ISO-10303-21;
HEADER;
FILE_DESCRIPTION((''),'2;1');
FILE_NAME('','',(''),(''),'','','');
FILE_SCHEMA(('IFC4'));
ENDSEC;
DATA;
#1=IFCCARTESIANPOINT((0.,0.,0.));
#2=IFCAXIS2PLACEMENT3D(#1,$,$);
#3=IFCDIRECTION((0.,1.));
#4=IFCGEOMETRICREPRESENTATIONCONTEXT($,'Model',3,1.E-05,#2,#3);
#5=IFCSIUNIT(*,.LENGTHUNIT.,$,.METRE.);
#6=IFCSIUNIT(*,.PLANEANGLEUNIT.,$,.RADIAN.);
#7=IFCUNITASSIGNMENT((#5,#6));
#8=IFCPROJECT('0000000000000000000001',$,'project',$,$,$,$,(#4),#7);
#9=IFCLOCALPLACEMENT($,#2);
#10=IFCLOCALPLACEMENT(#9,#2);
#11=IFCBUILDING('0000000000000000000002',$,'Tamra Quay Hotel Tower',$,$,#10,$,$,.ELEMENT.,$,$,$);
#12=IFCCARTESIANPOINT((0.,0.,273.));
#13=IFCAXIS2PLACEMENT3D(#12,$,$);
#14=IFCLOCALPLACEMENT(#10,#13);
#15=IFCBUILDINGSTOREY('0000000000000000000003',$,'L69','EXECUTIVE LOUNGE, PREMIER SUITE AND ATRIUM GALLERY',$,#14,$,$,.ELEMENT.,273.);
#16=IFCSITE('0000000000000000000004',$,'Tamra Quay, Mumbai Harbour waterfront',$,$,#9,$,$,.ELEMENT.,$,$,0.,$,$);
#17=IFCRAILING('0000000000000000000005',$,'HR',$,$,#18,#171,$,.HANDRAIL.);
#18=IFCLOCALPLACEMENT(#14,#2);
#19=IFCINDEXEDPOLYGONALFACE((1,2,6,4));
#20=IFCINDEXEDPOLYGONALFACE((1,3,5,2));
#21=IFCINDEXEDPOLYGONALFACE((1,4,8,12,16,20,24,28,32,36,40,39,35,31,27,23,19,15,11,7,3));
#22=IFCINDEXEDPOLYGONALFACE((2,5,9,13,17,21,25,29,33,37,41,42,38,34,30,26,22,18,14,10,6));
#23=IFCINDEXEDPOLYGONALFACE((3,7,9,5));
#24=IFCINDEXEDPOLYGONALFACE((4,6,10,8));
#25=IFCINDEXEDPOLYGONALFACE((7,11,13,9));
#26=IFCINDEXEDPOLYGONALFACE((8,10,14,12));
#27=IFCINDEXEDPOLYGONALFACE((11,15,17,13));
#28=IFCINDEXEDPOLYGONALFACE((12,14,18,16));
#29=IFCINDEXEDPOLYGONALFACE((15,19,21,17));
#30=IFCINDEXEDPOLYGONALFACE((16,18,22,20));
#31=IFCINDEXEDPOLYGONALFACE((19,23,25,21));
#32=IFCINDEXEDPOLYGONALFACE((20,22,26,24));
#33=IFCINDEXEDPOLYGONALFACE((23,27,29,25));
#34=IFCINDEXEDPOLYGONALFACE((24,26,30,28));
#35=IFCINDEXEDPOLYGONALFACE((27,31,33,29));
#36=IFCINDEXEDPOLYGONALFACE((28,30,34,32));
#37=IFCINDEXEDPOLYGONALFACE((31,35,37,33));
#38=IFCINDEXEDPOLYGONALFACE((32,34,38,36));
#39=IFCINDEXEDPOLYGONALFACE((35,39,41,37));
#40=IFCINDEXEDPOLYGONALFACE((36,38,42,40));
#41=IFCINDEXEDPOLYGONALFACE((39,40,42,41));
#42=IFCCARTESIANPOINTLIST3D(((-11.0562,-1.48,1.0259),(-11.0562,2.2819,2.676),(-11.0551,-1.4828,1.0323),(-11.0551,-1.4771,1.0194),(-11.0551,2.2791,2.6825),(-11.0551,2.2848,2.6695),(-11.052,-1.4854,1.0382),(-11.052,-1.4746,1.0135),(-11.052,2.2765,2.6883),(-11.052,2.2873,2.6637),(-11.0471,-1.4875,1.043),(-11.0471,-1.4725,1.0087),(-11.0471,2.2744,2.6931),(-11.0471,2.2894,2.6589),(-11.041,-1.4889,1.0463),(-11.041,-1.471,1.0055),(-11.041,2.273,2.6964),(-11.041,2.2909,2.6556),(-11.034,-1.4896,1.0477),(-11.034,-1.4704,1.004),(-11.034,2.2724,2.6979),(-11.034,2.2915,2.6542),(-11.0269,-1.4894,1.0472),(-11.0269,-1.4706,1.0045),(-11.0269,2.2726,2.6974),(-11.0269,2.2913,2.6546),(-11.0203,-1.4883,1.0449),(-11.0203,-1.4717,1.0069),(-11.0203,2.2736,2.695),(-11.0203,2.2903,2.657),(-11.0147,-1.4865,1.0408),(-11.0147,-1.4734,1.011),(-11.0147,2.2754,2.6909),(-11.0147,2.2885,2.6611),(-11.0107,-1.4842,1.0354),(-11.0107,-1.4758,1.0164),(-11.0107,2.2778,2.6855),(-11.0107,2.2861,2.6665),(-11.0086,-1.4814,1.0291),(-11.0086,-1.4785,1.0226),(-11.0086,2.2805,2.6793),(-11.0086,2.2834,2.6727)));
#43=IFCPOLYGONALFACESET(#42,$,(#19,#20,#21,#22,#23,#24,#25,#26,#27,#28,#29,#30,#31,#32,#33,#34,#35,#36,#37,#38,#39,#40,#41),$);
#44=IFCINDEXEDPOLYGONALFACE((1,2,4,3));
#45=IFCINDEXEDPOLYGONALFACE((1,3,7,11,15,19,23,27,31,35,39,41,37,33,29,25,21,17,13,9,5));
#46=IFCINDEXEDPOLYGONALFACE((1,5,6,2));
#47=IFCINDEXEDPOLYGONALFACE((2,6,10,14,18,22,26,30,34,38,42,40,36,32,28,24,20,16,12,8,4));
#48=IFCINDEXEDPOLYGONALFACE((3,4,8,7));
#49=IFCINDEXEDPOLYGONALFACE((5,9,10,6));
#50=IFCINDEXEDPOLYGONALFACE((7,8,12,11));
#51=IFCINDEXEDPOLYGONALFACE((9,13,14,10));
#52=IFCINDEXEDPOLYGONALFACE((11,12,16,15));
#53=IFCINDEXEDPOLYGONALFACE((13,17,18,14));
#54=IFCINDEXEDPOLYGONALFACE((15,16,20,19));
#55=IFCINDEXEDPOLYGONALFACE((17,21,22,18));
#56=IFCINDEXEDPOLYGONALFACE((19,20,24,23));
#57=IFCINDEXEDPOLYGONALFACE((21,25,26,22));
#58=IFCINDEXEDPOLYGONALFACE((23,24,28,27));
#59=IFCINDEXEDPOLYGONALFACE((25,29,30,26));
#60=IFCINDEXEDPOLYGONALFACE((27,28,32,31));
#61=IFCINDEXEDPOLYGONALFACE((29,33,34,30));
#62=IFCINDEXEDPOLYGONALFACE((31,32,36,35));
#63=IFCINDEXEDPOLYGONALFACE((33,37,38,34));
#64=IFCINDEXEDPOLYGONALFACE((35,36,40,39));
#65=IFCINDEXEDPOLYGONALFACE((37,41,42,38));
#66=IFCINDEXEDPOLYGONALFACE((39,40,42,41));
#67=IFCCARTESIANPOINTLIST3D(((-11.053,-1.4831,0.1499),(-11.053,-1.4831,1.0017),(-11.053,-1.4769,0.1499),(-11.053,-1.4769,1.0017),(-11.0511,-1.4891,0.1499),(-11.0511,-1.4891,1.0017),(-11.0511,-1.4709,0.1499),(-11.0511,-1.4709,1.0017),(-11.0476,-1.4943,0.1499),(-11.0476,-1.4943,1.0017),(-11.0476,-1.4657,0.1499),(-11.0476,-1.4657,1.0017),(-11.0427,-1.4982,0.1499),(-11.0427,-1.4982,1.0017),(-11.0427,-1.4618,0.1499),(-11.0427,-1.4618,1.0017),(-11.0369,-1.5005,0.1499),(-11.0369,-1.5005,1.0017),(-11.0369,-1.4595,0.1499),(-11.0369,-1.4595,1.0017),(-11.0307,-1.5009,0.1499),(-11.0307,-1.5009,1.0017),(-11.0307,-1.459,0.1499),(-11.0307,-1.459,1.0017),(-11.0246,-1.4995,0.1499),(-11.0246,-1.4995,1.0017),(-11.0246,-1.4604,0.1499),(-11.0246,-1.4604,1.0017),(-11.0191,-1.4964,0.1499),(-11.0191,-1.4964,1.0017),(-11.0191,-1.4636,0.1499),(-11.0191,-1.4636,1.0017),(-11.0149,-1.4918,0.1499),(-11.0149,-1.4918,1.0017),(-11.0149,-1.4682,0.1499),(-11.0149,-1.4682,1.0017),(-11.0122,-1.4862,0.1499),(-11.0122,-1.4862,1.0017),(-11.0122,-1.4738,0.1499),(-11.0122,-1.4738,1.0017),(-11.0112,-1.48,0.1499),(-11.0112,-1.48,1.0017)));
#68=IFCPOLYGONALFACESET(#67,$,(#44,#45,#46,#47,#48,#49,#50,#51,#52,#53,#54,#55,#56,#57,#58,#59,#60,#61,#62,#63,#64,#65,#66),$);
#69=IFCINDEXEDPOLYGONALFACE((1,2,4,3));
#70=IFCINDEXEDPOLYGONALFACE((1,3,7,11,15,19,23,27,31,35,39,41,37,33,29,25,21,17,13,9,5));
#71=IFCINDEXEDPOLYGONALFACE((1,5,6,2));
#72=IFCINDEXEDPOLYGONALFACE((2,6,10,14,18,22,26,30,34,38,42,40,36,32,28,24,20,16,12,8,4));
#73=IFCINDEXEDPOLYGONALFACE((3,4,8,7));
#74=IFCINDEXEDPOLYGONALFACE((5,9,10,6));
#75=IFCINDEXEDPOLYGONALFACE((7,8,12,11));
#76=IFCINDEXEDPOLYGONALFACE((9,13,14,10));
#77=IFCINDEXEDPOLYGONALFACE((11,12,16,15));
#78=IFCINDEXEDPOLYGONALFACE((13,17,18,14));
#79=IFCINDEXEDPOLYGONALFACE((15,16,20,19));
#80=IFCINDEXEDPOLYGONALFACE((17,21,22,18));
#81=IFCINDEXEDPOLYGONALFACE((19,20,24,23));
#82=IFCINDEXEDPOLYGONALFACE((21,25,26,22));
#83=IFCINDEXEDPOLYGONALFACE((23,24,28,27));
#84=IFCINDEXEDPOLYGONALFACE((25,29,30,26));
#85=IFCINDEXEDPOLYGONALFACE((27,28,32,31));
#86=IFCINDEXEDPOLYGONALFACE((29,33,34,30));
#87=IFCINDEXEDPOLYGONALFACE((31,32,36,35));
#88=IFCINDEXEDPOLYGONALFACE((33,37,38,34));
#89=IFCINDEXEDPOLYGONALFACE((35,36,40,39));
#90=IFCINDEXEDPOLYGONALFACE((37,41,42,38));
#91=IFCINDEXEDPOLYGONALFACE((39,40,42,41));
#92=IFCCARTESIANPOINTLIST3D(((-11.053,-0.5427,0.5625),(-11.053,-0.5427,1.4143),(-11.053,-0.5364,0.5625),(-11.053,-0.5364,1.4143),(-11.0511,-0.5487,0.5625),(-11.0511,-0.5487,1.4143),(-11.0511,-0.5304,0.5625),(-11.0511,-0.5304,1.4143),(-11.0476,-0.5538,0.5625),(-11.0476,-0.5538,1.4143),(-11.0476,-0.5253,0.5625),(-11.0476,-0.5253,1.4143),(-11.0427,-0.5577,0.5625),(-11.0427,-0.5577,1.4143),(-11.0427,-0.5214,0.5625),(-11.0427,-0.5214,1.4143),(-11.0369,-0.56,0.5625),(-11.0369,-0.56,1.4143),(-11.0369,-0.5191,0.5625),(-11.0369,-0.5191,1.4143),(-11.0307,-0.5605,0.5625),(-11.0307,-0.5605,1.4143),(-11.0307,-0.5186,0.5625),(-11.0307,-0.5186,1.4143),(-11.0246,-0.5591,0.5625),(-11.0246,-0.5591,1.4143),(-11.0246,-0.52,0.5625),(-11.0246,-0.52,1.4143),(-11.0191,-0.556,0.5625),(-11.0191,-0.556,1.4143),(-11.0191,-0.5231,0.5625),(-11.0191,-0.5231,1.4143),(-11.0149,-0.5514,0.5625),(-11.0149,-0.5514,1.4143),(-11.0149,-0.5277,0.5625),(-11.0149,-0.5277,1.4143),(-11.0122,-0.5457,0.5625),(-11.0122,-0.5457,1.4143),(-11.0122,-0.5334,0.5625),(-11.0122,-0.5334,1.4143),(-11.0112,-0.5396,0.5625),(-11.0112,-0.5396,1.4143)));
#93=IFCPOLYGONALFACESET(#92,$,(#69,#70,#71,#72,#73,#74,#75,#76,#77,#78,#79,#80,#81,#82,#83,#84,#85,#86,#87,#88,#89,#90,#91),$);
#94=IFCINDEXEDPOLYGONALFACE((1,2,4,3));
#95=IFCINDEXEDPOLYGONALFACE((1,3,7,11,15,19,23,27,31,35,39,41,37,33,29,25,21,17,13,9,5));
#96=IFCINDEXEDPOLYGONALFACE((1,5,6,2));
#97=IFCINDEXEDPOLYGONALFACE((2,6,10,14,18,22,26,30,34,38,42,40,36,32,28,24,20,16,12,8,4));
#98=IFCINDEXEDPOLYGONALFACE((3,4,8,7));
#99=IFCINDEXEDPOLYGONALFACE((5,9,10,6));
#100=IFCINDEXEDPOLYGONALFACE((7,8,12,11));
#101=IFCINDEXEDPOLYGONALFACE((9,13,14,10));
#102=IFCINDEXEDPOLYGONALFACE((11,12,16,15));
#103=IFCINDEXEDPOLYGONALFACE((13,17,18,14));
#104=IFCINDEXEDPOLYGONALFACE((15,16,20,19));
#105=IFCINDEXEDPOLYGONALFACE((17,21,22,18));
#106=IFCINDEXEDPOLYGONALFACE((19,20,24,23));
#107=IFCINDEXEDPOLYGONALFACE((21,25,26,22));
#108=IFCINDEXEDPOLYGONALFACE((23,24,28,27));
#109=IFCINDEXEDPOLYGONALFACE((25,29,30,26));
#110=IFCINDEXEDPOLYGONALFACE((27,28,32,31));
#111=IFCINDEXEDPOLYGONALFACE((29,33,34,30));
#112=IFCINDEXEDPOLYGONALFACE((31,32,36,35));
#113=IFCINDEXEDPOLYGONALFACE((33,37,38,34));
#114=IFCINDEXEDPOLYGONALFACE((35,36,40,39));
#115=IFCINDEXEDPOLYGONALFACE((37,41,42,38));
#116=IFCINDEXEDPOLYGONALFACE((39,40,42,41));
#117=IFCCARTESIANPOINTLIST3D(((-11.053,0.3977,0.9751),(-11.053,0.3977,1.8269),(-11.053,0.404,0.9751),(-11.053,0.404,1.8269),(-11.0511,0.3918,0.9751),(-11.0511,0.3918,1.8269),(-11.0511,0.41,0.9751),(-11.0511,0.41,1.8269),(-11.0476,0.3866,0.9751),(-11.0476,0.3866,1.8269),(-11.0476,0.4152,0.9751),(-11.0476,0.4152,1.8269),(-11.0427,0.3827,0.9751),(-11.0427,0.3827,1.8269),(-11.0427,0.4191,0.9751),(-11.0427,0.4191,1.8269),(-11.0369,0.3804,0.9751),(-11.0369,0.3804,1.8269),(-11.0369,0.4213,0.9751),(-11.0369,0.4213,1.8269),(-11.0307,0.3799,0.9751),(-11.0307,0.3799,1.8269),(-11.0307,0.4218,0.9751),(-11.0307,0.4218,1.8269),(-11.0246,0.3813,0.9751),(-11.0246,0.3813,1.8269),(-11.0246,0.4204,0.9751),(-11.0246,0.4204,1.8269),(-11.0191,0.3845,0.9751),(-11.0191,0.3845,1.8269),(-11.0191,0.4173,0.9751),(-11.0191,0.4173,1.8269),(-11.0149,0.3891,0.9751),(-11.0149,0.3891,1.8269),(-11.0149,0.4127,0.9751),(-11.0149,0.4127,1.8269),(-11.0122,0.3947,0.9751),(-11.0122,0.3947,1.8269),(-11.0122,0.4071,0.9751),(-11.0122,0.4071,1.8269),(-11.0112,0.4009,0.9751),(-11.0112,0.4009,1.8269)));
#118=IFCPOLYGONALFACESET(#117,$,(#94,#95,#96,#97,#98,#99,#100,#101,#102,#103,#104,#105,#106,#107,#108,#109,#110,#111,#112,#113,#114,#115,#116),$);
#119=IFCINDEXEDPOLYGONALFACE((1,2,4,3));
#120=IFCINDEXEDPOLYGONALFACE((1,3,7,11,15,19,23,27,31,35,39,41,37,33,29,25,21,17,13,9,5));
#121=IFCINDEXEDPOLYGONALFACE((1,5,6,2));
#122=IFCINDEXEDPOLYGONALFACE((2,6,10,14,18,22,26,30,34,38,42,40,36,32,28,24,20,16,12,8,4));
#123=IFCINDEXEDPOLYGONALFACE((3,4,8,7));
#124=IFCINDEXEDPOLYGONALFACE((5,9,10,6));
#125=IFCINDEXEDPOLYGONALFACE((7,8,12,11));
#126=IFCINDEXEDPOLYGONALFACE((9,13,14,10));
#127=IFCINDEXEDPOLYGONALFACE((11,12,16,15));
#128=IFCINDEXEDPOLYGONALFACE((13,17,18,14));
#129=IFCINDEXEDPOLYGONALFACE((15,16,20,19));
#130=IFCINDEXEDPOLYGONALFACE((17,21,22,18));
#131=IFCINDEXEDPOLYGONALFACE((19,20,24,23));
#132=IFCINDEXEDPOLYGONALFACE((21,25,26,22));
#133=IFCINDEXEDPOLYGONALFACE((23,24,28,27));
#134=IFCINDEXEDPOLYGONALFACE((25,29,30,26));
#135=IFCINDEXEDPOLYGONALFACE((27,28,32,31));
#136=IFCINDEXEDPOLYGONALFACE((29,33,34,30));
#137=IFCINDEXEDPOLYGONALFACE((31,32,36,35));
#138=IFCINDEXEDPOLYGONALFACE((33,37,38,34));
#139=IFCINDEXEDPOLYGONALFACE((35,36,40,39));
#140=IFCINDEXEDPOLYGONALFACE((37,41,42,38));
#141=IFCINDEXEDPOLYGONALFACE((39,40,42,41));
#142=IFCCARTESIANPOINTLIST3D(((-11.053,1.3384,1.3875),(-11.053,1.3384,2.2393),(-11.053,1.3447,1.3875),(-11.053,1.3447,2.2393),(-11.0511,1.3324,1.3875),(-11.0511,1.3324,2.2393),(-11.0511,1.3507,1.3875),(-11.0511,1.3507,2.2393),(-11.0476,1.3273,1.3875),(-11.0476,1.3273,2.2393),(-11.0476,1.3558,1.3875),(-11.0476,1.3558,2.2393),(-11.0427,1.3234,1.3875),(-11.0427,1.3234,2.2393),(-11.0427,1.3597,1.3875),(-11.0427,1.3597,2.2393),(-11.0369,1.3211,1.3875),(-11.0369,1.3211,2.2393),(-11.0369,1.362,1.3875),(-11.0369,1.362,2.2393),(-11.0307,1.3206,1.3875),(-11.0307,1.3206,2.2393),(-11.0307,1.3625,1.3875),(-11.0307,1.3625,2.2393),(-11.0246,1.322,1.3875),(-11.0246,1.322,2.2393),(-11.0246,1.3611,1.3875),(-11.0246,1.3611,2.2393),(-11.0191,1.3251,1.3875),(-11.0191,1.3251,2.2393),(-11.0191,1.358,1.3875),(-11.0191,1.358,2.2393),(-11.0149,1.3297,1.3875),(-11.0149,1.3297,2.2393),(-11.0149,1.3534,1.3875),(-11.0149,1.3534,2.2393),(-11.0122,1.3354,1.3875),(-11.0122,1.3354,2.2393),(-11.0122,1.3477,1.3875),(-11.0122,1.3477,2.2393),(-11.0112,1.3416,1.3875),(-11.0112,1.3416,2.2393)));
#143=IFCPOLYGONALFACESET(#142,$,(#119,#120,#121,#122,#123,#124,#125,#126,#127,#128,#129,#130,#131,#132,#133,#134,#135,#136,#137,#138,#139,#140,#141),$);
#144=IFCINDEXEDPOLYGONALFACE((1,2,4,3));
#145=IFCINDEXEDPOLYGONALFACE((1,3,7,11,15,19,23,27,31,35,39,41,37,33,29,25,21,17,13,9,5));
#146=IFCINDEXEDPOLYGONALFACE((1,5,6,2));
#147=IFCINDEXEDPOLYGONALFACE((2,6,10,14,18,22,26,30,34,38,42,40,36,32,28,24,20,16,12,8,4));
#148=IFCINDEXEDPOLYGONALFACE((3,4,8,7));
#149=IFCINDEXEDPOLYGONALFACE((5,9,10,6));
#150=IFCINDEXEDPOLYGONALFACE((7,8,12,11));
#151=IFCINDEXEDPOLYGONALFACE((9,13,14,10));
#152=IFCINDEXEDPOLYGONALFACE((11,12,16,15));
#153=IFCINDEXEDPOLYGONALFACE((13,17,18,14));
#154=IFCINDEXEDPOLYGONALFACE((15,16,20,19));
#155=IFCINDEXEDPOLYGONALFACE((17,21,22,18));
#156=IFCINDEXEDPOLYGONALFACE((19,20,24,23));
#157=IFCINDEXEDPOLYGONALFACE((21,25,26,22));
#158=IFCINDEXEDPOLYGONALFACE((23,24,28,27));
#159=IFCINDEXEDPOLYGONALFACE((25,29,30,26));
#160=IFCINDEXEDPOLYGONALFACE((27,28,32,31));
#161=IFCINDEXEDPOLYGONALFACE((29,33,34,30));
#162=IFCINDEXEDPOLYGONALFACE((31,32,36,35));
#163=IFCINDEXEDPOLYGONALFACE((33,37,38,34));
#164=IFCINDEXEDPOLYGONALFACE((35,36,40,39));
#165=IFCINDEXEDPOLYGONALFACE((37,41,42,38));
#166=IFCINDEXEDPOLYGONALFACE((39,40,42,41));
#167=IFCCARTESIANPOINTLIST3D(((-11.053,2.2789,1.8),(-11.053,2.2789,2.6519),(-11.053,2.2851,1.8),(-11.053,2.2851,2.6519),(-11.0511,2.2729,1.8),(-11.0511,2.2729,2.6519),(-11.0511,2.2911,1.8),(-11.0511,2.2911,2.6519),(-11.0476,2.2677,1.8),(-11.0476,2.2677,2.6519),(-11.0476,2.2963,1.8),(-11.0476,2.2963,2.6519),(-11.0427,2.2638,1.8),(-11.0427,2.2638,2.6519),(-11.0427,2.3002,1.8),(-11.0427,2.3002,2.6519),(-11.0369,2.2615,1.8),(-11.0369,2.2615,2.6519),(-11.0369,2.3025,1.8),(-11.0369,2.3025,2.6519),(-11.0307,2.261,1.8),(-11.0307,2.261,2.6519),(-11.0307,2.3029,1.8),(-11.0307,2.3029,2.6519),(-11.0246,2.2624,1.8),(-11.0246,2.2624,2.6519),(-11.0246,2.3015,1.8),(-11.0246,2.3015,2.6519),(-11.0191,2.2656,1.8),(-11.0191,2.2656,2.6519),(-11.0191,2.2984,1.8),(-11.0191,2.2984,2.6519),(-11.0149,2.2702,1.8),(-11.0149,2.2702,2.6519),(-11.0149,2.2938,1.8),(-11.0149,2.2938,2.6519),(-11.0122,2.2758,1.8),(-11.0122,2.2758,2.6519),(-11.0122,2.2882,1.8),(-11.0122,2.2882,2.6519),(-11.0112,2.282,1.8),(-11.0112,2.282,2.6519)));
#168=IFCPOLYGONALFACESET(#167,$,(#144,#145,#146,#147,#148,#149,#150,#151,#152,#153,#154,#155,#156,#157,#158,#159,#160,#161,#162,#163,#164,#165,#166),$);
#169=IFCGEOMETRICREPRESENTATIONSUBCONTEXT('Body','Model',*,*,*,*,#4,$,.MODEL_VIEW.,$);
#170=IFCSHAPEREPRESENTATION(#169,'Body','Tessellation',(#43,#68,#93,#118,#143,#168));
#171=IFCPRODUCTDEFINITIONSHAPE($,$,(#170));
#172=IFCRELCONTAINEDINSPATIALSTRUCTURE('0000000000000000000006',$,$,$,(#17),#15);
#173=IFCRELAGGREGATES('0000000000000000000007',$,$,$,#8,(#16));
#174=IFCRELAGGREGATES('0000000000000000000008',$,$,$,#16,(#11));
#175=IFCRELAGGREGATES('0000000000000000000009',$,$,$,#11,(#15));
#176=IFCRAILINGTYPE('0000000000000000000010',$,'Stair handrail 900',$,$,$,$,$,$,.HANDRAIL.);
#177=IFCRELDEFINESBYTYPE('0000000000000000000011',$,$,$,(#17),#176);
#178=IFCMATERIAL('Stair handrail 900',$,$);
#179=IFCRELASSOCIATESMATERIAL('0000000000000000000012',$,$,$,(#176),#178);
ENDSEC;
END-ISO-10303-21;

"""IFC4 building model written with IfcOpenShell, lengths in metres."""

from ifc_helpers import new_model, si_unit, direction, frame, origin, origin_2d, place, context, subcontext, project, spatial, circle, extrude, material, type_object, element, save


model = new_model("IFC4")

# Units and contexts
model_context = context("Model", 3, precision=1e-05, world=origin(), true_north=direction((0.0, 1.0)))
body_context = subcontext(model_context, "Body", "Model", "MODEL_VIEW")
ifc_project = project(units=[si_unit("LENGTHUNIT", "METRE"), si_unit("PLANEANGLEUNIT", "RADIAN")], contexts=[model_context])

# Site, building, storey
site_placement = place(None, origin())
site = spatial("IfcSite", under=ifc_project, at=site_placement, Name="Tamra Quay, Mumbai Harbour waterfront", CompositionType="ELEMENT", RefElevation=0.0)
building_placement = place(site_placement, origin())
building = spatial("IfcBuilding", under=site, at=building_placement, Name="Tamra Quay Hotel Tower", CompositionType="ELEMENT")
storey_placement = place(building_placement, frame((0.0, 0.0, 273.0)))
storey = spatial("IfcBuildingStorey", under=building, at=storey_placement, Name="L69", Description="EXECUTIVE LOUNGE, PREMIER SUITE AND ATRIUM GALLERY", CompositionType="ELEMENT", Elevation=273.0)

# Railing
ifc_material_1 = material(Name="Stair handrail 900")
railing_type_1 = type_object("IfcRailingType", Name="Stair handrail 900", PredefinedType="HANDRAIL", material=ifc_material_1)
railing_1_placement = place(storey_placement, frame((-11.0322, -1.48, 0.1499)))
element("IfcRailing", 1, at=railing_1_placement, inside=storey, type_object=railing_type_1, Name="HR", PredefinedType="HANDRAIL", context=body_context, shape_type="SweptSolid", body=[
    extrude(circle(Radius=0.0239, at=origin_2d()), frame((0.0, 0.0, 0.876), z_axis=(0.0, 0.915774, 0.401695), x_axis=(-1.0, 0.0, 0.0)), (0.0, 0.0, 1.0), 4.1079),
    extrude(circle(Radius=0.021, at=origin_2d()), origin(), (0.0, 0.0, 1.0), 0.8518),
    extrude(circle(Radius=0.021, at=origin_2d()), frame((0.0, 0.9404, 0.4126)), (0.0, 0.0, 1.0), 0.8518),
    extrude(circle(Radius=0.021, at=origin_2d()), frame((0.0, 1.8809, 0.8252)), (0.0, 0.0, 1.0), 0.8518),
    extrude(circle(Radius=0.021, at=origin_2d()), frame((0.0, 2.8215, 1.2375)), (0.0, 0.0, 1.0), 0.8518),
    extrude(circle(Radius=0.021, at=origin_2d()), frame((0.0, 3.762, 1.6501)), (0.0, 0.0, 1.0), 0.8518),
])

save(model, "model.ifc")
